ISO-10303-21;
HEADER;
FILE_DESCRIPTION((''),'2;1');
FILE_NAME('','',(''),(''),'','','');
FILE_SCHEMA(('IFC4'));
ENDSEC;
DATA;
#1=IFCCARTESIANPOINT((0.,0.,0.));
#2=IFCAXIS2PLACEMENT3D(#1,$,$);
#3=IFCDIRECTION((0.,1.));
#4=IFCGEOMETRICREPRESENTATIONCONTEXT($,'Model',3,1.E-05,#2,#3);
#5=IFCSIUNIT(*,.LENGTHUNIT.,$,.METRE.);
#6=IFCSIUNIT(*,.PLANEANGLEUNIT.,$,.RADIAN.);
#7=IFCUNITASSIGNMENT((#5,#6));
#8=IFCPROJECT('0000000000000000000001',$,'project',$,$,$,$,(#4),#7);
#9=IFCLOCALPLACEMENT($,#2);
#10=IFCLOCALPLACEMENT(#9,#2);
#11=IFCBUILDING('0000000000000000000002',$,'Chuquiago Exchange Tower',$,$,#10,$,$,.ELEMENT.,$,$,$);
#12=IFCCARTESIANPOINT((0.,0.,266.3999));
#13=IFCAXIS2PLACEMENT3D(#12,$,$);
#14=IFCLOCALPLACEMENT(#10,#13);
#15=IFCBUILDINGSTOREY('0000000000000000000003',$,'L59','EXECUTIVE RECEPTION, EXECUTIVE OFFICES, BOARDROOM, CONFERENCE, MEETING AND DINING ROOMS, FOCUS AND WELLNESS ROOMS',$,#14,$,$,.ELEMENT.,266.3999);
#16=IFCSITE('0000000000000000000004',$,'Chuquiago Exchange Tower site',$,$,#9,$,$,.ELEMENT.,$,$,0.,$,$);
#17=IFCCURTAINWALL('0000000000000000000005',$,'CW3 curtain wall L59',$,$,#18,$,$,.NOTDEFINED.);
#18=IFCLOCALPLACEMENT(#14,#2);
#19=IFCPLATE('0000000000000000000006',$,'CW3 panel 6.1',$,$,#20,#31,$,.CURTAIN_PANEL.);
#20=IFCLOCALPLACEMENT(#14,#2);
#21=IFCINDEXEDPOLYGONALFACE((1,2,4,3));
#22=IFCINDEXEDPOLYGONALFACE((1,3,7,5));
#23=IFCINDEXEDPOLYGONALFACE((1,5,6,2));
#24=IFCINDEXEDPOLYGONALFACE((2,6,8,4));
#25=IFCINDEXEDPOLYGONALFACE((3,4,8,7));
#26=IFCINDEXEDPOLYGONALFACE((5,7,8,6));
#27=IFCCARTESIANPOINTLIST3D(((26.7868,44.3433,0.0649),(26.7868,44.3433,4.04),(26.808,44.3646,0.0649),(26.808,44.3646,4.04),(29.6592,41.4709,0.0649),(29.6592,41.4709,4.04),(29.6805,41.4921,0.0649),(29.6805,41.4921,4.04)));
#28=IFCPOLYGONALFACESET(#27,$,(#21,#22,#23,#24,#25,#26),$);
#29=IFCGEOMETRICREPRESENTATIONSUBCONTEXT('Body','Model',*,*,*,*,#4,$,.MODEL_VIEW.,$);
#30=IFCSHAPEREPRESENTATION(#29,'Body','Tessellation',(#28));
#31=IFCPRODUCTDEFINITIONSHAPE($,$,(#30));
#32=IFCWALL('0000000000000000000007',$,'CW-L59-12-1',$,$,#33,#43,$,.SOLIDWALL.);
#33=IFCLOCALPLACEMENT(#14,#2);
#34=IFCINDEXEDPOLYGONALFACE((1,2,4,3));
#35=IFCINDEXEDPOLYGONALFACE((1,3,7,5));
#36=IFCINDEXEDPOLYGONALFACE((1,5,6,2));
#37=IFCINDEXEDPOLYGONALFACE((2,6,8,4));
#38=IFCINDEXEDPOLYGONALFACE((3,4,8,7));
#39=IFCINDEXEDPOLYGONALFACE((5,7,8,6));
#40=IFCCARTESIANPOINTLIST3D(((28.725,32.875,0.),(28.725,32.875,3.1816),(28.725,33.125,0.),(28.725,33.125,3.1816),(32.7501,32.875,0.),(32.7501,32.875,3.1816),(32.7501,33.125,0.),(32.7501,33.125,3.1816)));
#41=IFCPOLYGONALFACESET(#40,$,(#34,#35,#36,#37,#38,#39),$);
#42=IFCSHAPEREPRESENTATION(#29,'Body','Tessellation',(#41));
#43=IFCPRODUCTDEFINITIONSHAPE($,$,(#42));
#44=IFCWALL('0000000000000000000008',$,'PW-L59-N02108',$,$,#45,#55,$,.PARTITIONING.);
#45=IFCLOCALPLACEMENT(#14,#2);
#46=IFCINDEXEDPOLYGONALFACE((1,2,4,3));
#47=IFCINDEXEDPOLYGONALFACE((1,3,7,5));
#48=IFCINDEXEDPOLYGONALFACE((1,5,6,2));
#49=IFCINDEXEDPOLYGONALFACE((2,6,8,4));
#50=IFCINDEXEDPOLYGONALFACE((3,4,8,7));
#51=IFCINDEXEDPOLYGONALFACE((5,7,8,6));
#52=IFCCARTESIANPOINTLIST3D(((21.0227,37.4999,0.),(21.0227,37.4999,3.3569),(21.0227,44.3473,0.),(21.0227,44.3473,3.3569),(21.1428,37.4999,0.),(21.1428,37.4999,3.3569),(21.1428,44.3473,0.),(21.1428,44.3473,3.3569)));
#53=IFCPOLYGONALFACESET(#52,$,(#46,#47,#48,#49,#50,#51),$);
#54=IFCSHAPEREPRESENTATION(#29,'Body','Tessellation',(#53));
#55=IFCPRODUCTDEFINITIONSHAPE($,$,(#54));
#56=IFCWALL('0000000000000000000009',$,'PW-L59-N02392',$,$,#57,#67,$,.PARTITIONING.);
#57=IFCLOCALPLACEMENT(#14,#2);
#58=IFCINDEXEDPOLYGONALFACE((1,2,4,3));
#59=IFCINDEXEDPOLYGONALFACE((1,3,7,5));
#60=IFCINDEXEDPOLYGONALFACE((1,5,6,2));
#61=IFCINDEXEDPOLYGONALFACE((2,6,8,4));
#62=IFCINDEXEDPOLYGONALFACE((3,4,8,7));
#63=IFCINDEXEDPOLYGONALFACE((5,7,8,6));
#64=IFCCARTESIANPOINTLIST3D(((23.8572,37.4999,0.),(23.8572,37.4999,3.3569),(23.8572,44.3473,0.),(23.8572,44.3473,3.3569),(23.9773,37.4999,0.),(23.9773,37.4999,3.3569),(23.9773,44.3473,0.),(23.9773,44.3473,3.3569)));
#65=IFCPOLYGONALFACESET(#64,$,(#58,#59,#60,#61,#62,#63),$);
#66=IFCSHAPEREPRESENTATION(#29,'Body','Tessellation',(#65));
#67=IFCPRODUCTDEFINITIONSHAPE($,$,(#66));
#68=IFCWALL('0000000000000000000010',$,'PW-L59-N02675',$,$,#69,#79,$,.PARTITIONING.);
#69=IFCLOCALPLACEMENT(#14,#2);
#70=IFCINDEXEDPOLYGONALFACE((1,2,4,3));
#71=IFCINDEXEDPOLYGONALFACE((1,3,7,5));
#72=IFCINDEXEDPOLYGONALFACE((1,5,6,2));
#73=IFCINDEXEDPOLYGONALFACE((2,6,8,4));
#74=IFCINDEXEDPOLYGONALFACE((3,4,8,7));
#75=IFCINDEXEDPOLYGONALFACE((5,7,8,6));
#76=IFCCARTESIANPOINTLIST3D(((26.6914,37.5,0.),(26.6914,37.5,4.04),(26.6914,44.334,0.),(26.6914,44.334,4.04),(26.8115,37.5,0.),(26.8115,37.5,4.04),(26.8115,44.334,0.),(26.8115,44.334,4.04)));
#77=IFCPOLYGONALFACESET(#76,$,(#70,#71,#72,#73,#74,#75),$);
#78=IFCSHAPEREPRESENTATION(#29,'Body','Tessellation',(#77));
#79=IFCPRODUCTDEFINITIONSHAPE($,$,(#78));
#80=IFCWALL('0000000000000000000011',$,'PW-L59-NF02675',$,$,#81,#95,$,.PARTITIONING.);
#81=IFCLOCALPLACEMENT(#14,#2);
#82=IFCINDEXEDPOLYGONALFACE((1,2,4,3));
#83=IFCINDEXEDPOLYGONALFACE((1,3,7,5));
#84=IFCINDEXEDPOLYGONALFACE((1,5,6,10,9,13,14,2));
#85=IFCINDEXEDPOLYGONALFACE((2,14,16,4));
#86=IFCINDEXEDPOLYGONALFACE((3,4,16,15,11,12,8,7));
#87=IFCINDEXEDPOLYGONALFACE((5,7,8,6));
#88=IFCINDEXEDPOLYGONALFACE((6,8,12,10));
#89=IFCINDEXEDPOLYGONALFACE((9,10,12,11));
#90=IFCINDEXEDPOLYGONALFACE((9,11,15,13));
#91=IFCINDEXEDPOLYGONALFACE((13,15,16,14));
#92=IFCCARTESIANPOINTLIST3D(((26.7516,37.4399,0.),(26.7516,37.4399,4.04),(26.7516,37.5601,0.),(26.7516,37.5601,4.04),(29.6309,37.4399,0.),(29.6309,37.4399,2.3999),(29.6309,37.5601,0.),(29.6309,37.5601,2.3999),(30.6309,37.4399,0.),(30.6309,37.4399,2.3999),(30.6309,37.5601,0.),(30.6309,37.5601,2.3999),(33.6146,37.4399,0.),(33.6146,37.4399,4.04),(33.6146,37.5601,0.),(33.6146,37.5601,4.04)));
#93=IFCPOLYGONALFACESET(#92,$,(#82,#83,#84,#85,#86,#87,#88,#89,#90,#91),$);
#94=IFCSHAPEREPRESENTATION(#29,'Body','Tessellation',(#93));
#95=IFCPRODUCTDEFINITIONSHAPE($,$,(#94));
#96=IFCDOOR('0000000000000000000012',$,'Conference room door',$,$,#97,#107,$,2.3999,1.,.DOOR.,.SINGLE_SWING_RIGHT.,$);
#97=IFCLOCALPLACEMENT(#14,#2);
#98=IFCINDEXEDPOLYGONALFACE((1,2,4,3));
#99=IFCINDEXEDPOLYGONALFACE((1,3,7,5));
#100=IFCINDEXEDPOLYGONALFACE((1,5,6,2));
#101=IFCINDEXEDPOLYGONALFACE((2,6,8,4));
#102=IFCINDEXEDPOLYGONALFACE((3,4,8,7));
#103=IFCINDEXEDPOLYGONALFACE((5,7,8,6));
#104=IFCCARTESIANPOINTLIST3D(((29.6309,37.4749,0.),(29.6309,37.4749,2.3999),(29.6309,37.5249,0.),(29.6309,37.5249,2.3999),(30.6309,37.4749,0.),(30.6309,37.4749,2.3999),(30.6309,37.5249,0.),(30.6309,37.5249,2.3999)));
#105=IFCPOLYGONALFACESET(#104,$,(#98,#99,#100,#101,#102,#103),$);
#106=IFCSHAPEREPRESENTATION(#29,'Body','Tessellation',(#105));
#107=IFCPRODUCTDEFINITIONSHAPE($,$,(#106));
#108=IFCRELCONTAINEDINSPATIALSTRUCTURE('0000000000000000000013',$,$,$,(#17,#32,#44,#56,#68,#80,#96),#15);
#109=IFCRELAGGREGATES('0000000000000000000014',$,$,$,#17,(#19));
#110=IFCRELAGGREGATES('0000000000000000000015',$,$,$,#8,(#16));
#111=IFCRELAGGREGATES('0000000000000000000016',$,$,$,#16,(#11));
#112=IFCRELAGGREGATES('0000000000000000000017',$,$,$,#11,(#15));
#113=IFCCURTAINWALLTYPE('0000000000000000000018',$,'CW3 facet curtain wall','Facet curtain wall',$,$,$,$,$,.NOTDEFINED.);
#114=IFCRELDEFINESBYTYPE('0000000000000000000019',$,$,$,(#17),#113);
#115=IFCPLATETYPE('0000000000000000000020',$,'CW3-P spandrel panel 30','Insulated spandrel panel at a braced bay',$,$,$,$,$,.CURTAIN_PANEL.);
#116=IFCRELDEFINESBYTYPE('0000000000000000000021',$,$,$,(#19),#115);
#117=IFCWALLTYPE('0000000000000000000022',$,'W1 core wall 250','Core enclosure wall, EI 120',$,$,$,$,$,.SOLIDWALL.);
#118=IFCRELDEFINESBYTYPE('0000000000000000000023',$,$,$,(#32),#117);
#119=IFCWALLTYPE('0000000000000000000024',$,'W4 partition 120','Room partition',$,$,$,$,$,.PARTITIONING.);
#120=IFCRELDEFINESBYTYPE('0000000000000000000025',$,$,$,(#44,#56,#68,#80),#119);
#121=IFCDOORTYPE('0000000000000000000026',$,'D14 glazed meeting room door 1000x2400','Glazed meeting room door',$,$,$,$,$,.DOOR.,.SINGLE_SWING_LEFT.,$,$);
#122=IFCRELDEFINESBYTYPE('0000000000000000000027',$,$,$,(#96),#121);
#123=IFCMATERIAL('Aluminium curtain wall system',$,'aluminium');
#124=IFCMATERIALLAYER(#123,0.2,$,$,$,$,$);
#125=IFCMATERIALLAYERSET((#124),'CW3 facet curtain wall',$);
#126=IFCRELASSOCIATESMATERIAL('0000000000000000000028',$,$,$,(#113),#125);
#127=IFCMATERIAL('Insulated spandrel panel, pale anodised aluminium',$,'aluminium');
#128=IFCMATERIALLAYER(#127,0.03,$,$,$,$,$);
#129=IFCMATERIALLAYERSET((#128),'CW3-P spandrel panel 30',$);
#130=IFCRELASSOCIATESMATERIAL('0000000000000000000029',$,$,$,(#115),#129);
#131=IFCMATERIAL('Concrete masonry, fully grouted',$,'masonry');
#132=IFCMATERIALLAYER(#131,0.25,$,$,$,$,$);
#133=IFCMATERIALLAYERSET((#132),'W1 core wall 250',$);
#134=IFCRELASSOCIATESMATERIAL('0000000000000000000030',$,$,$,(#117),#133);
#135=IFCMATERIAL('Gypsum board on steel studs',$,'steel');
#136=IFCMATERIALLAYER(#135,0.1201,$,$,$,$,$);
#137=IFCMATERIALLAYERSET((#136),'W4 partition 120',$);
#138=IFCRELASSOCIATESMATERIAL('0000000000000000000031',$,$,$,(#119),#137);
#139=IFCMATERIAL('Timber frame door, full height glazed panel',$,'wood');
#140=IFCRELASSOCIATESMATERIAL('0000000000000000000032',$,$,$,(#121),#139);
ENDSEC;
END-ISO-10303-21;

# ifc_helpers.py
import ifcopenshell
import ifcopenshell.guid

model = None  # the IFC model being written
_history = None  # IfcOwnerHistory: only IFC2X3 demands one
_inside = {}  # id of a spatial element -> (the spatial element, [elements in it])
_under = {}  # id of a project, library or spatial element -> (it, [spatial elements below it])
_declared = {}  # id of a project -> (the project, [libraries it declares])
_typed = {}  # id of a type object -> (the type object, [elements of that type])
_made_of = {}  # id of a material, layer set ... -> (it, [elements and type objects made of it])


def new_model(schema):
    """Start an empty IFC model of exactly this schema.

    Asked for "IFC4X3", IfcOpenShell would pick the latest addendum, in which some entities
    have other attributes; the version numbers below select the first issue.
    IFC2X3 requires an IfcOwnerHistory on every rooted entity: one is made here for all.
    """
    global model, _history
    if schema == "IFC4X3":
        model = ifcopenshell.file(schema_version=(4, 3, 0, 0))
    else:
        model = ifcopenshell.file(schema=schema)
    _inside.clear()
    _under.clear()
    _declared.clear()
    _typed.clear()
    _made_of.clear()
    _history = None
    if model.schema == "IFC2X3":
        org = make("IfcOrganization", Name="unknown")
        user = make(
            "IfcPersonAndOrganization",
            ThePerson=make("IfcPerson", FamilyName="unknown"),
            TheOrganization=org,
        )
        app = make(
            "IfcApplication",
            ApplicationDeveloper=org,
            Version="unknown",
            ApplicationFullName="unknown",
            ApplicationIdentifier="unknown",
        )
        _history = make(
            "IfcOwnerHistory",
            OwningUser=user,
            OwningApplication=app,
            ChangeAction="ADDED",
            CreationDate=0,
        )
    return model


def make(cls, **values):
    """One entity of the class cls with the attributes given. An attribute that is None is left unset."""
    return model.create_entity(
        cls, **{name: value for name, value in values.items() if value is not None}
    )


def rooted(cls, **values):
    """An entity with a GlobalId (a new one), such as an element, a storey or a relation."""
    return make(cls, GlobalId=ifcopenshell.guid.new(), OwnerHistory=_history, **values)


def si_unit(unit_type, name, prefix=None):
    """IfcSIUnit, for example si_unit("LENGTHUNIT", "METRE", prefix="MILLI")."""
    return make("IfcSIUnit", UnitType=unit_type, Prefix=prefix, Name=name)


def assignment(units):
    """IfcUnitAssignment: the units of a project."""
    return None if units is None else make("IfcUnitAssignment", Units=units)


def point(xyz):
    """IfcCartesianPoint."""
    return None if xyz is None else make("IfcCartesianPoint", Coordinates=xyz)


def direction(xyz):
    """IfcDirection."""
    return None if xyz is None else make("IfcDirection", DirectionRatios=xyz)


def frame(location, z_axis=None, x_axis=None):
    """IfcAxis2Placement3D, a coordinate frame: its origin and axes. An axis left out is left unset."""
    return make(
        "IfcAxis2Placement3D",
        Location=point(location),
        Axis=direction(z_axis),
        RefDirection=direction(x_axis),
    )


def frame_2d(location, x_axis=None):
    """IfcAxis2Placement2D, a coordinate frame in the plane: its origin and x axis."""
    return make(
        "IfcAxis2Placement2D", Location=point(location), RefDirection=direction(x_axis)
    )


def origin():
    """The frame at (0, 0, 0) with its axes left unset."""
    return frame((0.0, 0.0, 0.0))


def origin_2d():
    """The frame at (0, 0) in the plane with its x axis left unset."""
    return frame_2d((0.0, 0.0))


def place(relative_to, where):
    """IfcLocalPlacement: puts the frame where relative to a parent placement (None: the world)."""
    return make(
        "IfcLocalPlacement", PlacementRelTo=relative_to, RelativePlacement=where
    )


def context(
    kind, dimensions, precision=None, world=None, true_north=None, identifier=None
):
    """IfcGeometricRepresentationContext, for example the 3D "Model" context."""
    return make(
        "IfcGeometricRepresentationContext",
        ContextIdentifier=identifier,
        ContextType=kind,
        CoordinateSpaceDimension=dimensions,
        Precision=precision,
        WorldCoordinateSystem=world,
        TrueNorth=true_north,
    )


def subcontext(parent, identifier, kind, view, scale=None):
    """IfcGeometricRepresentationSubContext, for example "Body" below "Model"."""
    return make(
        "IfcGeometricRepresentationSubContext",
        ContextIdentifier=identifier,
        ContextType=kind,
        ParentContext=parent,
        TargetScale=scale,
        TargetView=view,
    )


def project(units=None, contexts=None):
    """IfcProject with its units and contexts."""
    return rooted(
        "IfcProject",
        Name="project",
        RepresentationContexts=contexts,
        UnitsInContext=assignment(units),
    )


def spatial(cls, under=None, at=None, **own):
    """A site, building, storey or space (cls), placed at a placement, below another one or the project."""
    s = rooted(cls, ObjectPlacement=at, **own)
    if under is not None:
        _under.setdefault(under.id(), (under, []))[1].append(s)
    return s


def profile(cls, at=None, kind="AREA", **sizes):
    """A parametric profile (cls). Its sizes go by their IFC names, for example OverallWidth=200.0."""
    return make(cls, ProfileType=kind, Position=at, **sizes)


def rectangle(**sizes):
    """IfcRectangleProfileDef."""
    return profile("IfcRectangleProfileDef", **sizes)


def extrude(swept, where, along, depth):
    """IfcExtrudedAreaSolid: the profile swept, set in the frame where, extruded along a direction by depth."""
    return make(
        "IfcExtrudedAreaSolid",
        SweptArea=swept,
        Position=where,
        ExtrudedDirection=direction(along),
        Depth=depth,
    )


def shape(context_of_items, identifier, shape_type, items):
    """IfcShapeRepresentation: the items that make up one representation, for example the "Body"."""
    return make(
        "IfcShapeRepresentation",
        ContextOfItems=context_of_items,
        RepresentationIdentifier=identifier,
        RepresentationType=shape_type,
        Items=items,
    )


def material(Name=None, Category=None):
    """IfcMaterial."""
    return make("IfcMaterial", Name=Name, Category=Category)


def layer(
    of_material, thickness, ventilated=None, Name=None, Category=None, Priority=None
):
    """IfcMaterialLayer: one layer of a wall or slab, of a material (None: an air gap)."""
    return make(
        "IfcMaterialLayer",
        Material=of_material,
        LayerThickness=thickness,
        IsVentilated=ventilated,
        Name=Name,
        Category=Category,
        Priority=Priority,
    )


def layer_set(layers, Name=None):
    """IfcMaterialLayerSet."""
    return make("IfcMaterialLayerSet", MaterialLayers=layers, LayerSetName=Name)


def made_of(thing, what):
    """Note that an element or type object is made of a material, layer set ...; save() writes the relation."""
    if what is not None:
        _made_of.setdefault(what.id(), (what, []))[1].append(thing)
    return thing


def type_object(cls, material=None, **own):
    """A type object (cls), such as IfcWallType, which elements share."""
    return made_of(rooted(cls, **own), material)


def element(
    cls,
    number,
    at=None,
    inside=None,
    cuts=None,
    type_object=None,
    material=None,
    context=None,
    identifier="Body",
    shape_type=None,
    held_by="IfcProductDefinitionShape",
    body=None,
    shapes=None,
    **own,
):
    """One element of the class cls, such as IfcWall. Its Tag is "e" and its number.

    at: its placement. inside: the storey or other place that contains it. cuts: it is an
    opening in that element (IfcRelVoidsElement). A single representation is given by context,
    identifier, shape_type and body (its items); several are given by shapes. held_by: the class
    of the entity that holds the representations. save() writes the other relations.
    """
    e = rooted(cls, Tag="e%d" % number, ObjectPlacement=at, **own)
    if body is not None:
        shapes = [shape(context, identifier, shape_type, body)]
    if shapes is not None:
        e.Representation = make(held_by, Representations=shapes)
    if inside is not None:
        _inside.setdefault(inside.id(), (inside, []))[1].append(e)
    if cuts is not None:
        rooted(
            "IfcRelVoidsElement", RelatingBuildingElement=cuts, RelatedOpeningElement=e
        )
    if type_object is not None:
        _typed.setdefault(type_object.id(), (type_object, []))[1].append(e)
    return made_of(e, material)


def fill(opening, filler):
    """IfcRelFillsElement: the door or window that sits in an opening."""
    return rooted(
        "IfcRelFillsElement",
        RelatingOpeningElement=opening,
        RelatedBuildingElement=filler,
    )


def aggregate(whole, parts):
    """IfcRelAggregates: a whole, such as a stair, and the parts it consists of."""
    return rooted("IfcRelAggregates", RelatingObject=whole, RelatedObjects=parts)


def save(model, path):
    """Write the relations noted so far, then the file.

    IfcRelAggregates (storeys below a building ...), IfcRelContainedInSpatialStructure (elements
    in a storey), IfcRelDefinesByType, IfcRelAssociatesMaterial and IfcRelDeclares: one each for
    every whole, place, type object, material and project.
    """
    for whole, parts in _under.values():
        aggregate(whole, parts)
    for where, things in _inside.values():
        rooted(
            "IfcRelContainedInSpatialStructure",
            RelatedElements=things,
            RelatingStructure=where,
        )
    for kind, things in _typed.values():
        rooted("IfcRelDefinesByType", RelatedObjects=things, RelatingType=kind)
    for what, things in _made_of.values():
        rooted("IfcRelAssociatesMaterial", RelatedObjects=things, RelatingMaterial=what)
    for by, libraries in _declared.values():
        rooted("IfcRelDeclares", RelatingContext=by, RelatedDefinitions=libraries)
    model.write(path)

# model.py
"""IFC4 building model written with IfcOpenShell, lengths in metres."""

from ifc_helpers import new_model, si_unit, direction, frame, frame_2d, origin, origin_2d, place, context, subcontext, project, spatial, rectangle, extrude, material, layer, layer_set, type_object, element, fill, aggregate, save


model = new_model("IFC4")

# Units and contexts
model_context = context("Model", 3, precision=1e-05, world=origin(), true_north=direction((0.0, 1.0)))
body_context = subcontext(model_context, "Body", "Model", "MODEL_VIEW")
ifc_project = project(units=[si_unit("LENGTHUNIT", "METRE"), si_unit("PLANEANGLEUNIT", "RADIAN")], contexts=[model_context])

# Site, building, storey
site_placement = place(None, origin())
site = spatial("IfcSite", under=ifc_project, at=site_placement, Name="Chuquiago Exchange Tower site", CompositionType="ELEMENT", RefElevation=0.0)
building_placement = place(site_placement, origin())
building = spatial("IfcBuilding", under=site, at=building_placement, Name="Chuquiago Exchange Tower", CompositionType="ELEMENT")
storey_placement = place(building_placement, frame((0.0, 0.0, 266.3999)))
storey = spatial("IfcBuildingStorey", under=building, at=storey_placement, Name="L59", Description="EXECUTIVE RECEPTION, EXECUTIVE OFFICES, BOARDROOM, CONFERENCE, MEETING AND DINING ROOMS, FOCUS AND WELLNESS ROOMS", CompositionType="ELEMENT", Elevation=266.3999)

# Curtain wall
ifc_material_1 = material(Name="Aluminium curtain wall system", Category="aluminium")
ifc_layer_1 = layer(ifc_material_1, 0.2)
ifc_layer_set_1 = layer_set([ifc_layer_1], Name="CW3 facet curtain wall")
curtain_wall_type_1 = type_object("IfcCurtainWallType", Name="CW3 facet curtain wall", Description="Facet curtain wall", PredefinedType="NOTDEFINED", material=ifc_layer_set_1)
curtain_wall_1_placement = place(storey_placement, origin())
curtain_wall_1 = element("IfcCurtainWall", 1, at=curtain_wall_1_placement, inside=storey, type_object=curtain_wall_type_1, Name="CW3 curtain wall L59", PredefinedType="NOTDEFINED")

# Plate
ifc_material_2 = material(Name="Insulated spandrel panel, pale anodised aluminium", Category="aluminium")
ifc_layer_2 = layer(ifc_material_2, 0.03)
ifc_layer_set_2 = layer_set([ifc_layer_2], Name="CW3-P spandrel panel 30")
plate_type_1 = type_object("IfcPlateType", Name="CW3-P spandrel panel 30", Description="Insulated spandrel panel at a braced bay", PredefinedType="CURTAIN_PANEL", material=ifc_layer_set_2)
plate_1_placement = place(storey_placement, frame((28.2336, 42.9177, 0.0649), z_axis=(0.0, 0.0, 1.0), x_axis=(-0.707107, 0.707107, 0.0)))
plate_1 = element("IfcPlate", 2, at=plate_1_placement, type_object=plate_type_1, Name="CW3 panel 6.1", PredefinedType="CURTAIN_PANEL", context=body_context, shape_type="SweptSolid", body=[
    extrude(rectangle(XDim=4.0623, YDim=0.03, at=origin_2d()), origin(), (0.0, 0.0, 1.0), 3.9751),
])
aggregate(curtain_wall_1, [plate_1])

# Walls
ifc_material_3 = material(Name="Concrete masonry, fully grouted", Category="masonry")
ifc_layer_3 = layer(ifc_material_3, 0.25)
ifc_layer_set_3 = layer_set([ifc_layer_3], Name="W1 core wall 250")
wall_type_1 = type_object("IfcWallType", Name="W1 core wall 250", Description="Core enclosure wall, EI 120", PredefinedType="SOLIDWALL", material=ifc_layer_set_3)
wall_1_placement = place(storey_placement, frame((28.7249, 33.0, 0.0), z_axis=(0.0, 0.0, 1.0), x_axis=(1.0, 0.0, 0.0)))
element("IfcWall", 3, at=wall_1_placement, inside=storey, type_object=wall_type_1, Name="CW-L59-12-1", PredefinedType="SOLIDWALL", context=body_context, shape_type="SweptSolid", body=[
    extrude(rectangle(XDim=4.0251, YDim=0.25, at=frame_2d((2.0127, 0.0))), origin(), (0.0, 0.0, 1.0), 3.1816),
])
ifc_material_4 = material(Name="Gypsum board on steel studs", Category="steel")
ifc_layer_4 = layer(ifc_material_4, 0.1201)
ifc_layer_set_4 = layer_set([ifc_layer_4], Name="W4 partition 120")
wall_type_2 = type_object("IfcWallType", Name="W4 partition 120", Description="Room partition", PredefinedType="PARTITIONING", material=ifc_layer_set_4)
for number, where, z_axis, x_axis, name in (
    (4, (21.0828, 44.3474, 0.0), (0.0, 0.0, 1.0), (0.0, -1.0, 0.0), "PW-L59-N02108"),
    (5, (23.9172, 44.3474, 0.0), (0.0, 0.0, 1.0), (0.0, -1.0, 0.0), "PW-L59-N02392"),
):
    element("IfcWall", number, at=place(storey_placement, frame(where, z_axis=z_axis, x_axis=x_axis)), inside=storey, type_object=wall_type_2, Name=name, PredefinedType="PARTITIONING", context=body_context, shape_type="SweptSolid", body=[
        extrude(rectangle(XDim=6.8474, YDim=0.1201, at=frame_2d((3.4238, 0.0))), origin(), (0.0, 0.0, 1.0), 3.3569),
    ])
wall_2_placement = place(storey_placement, frame((26.7515, 44.334, 0.0), z_axis=(0.0, 0.0, 1.0), x_axis=(0.0, -1.0, 0.0)))
element("IfcWall", 6, at=wall_2_placement, inside=storey, type_object=wall_type_2, Name="PW-L59-N02675", PredefinedType="PARTITIONING", context=body_context, shape_type="SweptSolid", body=[
    extrude(rectangle(XDim=6.834, YDim=0.1201, at=frame_2d((3.417, 0.0))), origin(), (0.0, 0.0, 1.0), 4.04),
])

# Wall, opening, door
ifc_material_5 = material(Name="Timber frame door, full height glazed panel", Category="wood")
door_type_1 = type_object("IfcDoorType", Name="D14 glazed meeting room door 1000x2400", Description="Glazed meeting room door", OperationType="SINGLE_SWING_LEFT", PredefinedType="DOOR", material=ifc_material_5)
wall_3_placement = place(storey_placement, frame((26.7515, 37.5, 0.0), z_axis=(0.0, 0.0, 1.0), x_axis=(1.0, 0.0, 0.0)))
wall_3 = element("IfcWall", 7, at=wall_3_placement, inside=storey, type_object=wall_type_2, Name="PW-L59-NF02675", PredefinedType="PARTITIONING", context=body_context, shape_type="SweptSolid", body=[
    extrude(rectangle(XDim=6.863, YDim=0.1201, at=frame_2d((3.4316, 0.0))), origin(), (0.0, 0.0, 1.0), 4.04),
])
opening_1_placement = place(wall_3_placement, frame((2.8794, 0.0, 0.0)))
opening_1 = element("IfcOpeningElement", 8, at=opening_1_placement, cuts=wall_3, PredefinedType="OPENING", context=body_context, shape_type="SweptSolid", body=[
    extrude(rectangle(XDim=1.0, YDim=2.3999, at=frame_2d((0.5, 1.2))), frame((0.0, 0.0701, 0.0), z_axis=(0.0, -1.0, 0.0), x_axis=(1.0, 0.0, 0.0)), (0.0, 0.0, 1.0), 0.1401),
])
door_1_placement = place(opening_1_placement, origin())
door_1 = element("IfcDoor", 9, at=door_1_placement, inside=storey, type_object=door_type_1, Name="Conference room door", OperationType="SINGLE_SWING_RIGHT", OverallHeight=2.3999, OverallWidth=1.0, PredefinedType="DOOR", context=body_context, shape_type="SweptSolid", body=[
    extrude(rectangle(XDim=1.0, YDim=2.3999, at=frame_2d((0.5, 1.2))), frame((0.0, 0.0249, 0.0), z_axis=(0.0, -1.0, 0.0), x_axis=(1.0, 0.0, 0.0)), (0.0, 0.0, 1.0), 0.05),
])
fill(opening_1, door_1)

save(model, "model.ifc")
